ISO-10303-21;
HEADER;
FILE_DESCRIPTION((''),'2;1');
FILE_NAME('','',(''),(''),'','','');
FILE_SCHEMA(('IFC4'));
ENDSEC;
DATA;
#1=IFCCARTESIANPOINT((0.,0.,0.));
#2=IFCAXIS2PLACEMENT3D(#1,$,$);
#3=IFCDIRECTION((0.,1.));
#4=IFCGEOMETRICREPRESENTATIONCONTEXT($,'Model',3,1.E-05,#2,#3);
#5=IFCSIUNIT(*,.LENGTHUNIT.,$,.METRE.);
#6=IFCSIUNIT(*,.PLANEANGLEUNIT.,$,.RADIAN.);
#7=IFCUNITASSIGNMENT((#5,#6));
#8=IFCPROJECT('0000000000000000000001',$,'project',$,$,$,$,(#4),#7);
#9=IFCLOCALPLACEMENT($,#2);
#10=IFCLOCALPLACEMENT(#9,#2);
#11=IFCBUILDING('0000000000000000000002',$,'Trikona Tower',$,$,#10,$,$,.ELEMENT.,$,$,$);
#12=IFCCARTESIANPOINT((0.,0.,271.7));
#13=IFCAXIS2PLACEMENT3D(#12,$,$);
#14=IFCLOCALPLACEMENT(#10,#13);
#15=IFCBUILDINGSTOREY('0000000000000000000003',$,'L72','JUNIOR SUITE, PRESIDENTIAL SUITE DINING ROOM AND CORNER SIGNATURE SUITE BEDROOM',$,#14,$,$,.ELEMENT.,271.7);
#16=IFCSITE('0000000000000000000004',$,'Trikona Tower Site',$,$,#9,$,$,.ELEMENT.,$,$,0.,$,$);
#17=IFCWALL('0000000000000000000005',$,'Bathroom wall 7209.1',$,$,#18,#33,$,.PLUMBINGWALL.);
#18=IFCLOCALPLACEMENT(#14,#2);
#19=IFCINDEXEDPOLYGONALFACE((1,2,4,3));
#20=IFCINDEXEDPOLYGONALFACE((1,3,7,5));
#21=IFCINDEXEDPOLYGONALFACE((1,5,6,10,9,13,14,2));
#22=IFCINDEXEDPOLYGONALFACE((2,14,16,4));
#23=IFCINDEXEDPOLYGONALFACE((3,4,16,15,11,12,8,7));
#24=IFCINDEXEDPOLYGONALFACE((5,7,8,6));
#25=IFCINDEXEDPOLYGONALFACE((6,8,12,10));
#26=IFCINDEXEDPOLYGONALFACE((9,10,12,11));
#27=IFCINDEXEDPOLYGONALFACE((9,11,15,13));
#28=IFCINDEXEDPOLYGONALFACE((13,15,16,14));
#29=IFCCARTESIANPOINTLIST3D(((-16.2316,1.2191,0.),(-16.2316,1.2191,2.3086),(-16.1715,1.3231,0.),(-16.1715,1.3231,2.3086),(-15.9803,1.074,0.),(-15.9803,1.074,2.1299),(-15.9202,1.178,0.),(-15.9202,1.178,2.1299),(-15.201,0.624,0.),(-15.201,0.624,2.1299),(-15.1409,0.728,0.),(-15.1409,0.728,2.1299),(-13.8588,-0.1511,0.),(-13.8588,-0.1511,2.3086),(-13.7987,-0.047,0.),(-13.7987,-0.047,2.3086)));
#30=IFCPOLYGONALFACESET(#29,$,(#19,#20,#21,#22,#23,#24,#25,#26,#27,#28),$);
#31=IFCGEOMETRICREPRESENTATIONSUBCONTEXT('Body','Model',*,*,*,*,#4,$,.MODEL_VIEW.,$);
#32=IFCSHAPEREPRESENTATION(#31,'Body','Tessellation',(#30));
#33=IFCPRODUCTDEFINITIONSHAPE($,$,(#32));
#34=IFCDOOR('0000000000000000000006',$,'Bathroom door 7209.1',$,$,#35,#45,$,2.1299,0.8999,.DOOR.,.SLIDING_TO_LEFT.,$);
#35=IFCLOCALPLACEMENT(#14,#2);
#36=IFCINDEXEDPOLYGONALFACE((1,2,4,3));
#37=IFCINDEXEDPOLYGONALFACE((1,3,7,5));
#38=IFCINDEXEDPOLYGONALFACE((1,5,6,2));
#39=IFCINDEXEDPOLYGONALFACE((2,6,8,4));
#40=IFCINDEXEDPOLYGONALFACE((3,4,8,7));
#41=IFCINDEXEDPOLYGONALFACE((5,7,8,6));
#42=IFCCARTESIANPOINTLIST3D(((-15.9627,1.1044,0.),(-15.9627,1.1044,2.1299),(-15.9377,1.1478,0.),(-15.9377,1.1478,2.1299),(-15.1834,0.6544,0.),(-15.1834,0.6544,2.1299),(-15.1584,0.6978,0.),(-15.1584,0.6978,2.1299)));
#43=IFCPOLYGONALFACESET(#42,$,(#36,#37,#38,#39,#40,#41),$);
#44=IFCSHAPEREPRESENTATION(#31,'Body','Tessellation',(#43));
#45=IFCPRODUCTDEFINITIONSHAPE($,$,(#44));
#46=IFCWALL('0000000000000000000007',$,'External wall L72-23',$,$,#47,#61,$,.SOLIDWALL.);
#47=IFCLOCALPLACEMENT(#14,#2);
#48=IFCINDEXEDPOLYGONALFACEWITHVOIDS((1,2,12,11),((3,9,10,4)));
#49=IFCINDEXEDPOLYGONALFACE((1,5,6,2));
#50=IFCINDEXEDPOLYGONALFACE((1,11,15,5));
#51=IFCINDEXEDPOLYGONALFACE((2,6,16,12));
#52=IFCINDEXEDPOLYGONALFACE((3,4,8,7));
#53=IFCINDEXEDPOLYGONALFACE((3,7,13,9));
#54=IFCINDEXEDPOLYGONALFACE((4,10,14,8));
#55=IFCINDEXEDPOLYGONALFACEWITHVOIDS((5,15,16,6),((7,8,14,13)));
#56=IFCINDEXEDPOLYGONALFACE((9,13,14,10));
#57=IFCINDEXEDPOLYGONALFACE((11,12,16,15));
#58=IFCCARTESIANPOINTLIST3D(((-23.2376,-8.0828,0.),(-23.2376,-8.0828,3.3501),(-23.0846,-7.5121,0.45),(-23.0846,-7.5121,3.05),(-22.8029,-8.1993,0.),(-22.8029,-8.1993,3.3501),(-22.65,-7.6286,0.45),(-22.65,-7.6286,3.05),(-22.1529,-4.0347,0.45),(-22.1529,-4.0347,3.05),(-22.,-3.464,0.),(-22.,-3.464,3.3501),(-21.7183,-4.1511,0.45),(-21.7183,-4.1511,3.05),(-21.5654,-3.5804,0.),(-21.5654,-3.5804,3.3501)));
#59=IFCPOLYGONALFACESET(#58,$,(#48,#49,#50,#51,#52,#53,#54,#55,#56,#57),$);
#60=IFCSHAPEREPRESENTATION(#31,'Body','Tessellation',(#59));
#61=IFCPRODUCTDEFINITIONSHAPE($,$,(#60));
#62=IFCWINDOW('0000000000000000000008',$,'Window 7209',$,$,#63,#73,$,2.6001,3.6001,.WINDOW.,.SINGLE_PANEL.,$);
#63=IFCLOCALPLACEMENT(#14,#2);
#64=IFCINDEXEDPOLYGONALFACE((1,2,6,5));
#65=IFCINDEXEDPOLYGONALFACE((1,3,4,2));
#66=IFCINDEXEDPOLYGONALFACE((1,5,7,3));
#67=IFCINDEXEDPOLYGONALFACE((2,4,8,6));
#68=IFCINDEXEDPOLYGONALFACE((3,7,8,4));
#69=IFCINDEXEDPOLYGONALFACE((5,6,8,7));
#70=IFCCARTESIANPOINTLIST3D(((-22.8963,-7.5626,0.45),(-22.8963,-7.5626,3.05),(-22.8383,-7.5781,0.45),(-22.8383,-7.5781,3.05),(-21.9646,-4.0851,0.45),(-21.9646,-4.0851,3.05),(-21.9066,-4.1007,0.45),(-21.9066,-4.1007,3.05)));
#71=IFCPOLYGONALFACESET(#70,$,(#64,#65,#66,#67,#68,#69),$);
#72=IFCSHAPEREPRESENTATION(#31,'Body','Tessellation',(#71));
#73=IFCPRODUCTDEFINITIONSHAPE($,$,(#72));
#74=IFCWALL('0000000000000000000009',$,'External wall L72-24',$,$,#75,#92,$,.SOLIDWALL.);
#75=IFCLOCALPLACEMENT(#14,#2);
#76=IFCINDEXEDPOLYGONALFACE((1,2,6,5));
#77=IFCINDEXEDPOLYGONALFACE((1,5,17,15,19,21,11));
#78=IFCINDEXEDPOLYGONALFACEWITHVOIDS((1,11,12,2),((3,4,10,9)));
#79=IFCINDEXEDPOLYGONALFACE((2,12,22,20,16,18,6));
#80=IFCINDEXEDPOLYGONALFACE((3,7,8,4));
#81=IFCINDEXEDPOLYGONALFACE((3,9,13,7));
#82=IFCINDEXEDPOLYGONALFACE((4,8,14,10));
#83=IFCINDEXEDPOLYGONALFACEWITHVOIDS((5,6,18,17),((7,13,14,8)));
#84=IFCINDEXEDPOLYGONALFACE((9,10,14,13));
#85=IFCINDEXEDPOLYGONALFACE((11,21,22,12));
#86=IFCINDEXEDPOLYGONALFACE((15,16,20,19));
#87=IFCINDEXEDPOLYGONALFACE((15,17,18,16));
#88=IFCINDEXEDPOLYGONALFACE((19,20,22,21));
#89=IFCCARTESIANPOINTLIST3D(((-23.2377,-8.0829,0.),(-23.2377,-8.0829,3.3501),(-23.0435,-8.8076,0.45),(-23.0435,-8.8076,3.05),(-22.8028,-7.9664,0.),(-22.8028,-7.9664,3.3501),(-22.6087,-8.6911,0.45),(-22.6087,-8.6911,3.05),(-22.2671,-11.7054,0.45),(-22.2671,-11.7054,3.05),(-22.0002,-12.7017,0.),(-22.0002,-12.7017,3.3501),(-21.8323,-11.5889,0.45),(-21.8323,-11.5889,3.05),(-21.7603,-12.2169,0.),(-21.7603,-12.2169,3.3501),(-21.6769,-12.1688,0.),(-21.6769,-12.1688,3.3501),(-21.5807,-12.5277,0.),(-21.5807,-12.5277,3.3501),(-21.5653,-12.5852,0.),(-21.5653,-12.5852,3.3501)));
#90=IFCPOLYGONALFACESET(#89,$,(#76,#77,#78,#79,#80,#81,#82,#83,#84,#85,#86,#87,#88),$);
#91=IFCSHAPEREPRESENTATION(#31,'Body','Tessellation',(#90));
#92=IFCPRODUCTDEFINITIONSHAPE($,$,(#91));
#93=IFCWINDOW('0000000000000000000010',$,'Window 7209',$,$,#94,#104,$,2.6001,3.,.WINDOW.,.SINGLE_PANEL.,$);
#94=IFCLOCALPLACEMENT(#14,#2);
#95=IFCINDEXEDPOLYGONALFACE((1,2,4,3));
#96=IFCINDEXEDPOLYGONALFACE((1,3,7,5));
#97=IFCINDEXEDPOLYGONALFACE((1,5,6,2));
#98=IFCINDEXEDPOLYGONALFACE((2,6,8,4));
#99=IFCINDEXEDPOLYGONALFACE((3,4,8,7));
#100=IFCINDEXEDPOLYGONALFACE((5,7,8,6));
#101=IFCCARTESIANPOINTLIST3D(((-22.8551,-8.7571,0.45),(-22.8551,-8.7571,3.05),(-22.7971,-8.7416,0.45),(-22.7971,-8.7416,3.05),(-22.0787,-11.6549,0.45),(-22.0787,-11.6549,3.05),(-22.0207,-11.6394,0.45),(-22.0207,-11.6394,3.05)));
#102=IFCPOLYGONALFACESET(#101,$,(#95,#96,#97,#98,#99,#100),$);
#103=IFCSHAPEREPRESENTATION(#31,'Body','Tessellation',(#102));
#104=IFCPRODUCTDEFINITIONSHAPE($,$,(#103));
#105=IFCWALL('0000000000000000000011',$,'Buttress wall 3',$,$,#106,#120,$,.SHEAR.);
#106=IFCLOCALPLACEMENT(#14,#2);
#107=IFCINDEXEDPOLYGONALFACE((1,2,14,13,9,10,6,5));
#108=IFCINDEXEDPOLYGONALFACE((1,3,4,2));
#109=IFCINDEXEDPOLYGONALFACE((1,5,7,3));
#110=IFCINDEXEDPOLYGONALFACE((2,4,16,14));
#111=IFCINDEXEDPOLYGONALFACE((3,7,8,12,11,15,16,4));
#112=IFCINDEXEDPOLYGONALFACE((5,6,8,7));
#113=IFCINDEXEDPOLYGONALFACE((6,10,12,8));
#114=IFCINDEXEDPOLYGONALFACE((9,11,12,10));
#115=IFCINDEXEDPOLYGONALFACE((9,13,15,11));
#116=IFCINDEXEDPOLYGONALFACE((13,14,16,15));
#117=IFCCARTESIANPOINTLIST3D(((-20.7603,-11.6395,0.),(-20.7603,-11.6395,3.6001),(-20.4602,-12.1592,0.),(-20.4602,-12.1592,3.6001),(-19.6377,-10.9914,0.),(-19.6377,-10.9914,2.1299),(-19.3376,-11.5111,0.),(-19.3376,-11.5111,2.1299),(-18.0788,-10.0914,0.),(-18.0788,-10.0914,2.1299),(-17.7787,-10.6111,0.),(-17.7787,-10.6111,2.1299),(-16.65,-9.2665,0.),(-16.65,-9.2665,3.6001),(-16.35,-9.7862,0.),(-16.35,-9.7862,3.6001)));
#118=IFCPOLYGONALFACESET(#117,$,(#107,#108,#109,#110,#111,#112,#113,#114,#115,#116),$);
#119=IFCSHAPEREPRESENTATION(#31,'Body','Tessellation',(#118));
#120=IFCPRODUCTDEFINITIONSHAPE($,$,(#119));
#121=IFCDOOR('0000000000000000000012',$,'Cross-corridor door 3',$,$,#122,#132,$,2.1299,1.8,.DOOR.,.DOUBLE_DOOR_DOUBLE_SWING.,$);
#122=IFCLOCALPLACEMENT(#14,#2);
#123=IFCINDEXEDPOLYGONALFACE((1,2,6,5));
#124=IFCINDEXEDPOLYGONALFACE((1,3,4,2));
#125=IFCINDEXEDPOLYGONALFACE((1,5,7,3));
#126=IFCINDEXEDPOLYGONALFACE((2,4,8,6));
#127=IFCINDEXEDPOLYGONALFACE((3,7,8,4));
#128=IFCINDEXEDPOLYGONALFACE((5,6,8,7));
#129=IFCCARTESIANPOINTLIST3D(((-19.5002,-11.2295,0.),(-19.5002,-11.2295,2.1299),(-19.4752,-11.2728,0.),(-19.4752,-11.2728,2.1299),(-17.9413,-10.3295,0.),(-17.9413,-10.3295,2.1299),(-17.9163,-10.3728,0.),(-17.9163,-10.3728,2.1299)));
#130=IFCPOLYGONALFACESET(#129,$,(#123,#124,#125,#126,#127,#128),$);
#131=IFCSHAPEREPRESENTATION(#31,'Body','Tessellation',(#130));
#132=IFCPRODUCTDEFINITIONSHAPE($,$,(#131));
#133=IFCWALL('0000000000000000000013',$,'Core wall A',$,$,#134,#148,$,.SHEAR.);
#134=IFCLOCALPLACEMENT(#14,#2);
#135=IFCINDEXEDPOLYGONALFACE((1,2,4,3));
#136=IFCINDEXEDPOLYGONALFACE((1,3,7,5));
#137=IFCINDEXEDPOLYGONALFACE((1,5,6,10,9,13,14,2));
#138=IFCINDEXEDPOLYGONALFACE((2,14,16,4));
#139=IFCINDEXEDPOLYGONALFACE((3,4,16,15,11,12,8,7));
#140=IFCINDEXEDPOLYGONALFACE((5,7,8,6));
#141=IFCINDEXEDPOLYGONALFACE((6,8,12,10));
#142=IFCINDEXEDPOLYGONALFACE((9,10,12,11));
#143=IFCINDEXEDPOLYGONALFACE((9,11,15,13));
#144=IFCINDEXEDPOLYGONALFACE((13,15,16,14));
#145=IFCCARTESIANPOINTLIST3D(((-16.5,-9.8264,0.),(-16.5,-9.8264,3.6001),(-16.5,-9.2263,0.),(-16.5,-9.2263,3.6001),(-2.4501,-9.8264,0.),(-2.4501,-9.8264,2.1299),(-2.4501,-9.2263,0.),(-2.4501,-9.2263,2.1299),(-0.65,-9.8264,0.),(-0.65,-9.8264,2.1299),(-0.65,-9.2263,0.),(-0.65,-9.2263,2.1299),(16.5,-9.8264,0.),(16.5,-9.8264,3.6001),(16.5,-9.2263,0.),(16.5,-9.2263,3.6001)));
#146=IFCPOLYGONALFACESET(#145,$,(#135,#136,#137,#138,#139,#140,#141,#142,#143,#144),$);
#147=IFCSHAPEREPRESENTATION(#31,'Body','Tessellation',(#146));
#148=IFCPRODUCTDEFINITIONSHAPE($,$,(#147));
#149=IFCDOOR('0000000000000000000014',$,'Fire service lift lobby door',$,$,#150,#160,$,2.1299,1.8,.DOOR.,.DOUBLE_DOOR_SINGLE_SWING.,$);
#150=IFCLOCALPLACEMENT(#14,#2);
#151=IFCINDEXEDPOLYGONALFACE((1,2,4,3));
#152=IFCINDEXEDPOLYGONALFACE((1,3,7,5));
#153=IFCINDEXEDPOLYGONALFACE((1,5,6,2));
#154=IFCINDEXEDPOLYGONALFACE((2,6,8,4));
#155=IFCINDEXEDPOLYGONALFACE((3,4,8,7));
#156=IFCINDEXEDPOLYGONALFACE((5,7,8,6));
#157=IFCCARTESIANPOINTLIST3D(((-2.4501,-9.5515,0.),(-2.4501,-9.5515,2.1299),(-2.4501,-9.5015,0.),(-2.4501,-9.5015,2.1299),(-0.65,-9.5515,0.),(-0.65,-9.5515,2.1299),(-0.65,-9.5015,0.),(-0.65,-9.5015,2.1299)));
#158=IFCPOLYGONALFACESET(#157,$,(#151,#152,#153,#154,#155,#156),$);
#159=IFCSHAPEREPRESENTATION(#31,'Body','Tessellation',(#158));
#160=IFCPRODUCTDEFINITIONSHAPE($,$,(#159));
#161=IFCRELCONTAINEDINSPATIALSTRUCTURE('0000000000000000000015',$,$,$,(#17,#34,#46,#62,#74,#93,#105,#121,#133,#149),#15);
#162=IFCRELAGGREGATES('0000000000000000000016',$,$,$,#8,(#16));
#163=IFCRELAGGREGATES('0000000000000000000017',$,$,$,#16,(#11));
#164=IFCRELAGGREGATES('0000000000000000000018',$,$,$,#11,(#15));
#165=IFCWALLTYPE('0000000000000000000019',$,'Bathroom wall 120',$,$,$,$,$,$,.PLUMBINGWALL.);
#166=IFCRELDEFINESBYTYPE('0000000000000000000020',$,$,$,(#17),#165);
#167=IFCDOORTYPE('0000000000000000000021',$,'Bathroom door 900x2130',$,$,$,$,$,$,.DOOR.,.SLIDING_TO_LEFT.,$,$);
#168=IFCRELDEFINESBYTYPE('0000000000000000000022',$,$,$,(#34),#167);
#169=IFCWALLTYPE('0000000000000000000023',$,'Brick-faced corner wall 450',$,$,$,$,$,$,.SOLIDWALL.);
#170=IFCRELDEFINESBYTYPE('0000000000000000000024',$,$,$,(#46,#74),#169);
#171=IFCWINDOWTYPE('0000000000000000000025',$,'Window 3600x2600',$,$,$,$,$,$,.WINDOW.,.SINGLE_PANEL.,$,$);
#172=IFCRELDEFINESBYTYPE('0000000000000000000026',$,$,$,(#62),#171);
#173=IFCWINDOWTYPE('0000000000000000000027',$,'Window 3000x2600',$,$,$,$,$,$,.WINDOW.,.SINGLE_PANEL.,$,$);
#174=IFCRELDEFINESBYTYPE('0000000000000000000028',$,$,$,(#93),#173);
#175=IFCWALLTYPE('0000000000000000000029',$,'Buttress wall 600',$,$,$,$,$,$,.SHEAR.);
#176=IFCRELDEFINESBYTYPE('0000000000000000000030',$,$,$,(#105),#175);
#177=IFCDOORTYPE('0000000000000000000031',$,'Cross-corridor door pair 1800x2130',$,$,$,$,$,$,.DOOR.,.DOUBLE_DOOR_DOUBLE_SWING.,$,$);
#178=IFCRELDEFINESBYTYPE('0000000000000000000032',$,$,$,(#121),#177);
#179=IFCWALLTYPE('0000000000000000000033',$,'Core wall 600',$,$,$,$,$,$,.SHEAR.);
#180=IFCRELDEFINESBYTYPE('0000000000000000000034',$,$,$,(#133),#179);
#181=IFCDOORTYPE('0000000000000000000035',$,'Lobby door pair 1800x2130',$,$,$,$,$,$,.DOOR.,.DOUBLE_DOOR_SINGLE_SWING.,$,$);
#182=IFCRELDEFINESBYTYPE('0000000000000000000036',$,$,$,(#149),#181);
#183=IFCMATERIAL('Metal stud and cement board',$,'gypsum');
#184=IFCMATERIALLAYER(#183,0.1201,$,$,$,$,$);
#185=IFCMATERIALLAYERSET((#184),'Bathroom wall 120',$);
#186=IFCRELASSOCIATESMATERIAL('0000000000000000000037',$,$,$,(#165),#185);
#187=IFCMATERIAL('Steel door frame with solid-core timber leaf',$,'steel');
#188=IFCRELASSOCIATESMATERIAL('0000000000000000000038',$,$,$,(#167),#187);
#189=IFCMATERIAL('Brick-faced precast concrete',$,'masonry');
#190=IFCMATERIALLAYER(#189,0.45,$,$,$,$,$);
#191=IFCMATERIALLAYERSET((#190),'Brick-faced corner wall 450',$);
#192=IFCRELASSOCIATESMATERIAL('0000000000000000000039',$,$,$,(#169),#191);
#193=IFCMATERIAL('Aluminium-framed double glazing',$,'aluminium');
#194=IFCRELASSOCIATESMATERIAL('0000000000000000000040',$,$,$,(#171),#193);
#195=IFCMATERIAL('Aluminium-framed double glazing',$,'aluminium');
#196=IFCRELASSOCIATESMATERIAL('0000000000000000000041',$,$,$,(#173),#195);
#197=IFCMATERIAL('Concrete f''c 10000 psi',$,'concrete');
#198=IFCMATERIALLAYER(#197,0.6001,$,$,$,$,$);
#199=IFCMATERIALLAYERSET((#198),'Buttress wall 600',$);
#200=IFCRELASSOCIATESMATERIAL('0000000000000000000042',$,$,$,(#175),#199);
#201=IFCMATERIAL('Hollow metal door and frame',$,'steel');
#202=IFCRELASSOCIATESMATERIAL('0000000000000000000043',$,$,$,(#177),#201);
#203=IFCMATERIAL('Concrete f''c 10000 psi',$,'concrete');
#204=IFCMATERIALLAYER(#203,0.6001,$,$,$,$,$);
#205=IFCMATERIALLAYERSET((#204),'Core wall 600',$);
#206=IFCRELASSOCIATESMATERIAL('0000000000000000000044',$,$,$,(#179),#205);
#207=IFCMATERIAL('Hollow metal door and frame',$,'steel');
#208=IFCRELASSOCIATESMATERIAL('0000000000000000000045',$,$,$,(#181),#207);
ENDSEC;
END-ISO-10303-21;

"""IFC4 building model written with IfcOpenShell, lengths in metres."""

from ifc_helpers import new_model, si_unit, direction, frame, frame_2d, origin, place, context, subcontext, project, spatial, polyline, rectangle, outline, extrude, material, layer, layer_set, type_object, element, fill, save


model = new_model("IFC4")

# Units and contexts
model_context = context("Model", 3, precision=1e-05, world=origin(), true_north=direction((0.0, 1.0)))
body_context = subcontext(model_context, "Body", "Model", "MODEL_VIEW")
ifc_project = project(units=[si_unit("LENGTHUNIT", "METRE"), si_unit("PLANEANGLEUNIT", "RADIAN")], contexts=[model_context])

# Site, building, storey
site_placement = place(None, origin())
site = spatial("IfcSite", under=ifc_project, at=site_placement, Name="Trikona Tower Site", CompositionType="ELEMENT", RefElevation=0.0)
building_placement = place(site_placement, origin())
building = spatial("IfcBuilding", under=site, at=building_placement, Name="Trikona Tower", CompositionType="ELEMENT")
storey_placement = place(building_placement, frame((0.0, 0.0, 271.7)))
storey = spatial("IfcBuildingStorey", under=building, at=storey_placement, Name="L72", Description="JUNIOR SUITE, PRESIDENTIAL SUITE DINING ROOM AND CORNER SIGNATURE SUITE BEDROOM", CompositionType="ELEMENT", Elevation=271.7)

# Wall, opening, door
ifc_material_1 = material(Name="Metal stud and cement board", Category="gypsum")
ifc_layer_1 = layer(ifc_material_1, 0.1201)
ifc_layer_set_1 = layer_set([ifc_layer_1], Name="Bathroom wall 120")
wall_type_1 = type_object("IfcWallType", Name="Bathroom wall 120", PredefinedType="PLUMBINGWALL", material=ifc_layer_set_1)
wall_1_placement = place(storey_placement, frame((-13.8286, -0.0991, 0.0), z_axis=(0.0, 0.0, 1.0), x_axis=(-0.865997, 0.500049, 0.0)))
wall_1 = element("IfcWall", 1, at=wall_1_placement, inside=storey, type_object=wall_type_1, Name="Bathroom wall 7209.1", PredefinedType="PLUMBINGWALL", context=body_context, shape_type="SweptSolid", body=[
    extrude(rectangle(XDim=2.74, YDim=0.1201, at=frame_2d((1.3701, 0.0))), origin(), (0.0, 0.0, 1.0), 2.3086),
])
opening_1_placement = place(wall_1_placement, frame((1.55, 0.0, 0.0)))
opening_1 = element("IfcOpeningElement", 2, at=opening_1_placement, cuts=wall_1, PredefinedType="OPENING", context=body_context, shape_type="SweptSolid", body=[
    extrude(rectangle(XDim=0.8999, YDim=2.1299, at=frame_2d((0.45, 1.0649))), frame((0.0, 0.0701, 0.0), z_axis=(0.0, -1.0, 0.0), x_axis=(1.0, 0.0, 0.0)), (0.0, 0.0, 1.0), 0.1401),
])
ifc_material_2 = material(Name="Steel door frame with solid-core timber leaf", Category="steel")
door_type_1 = type_object("IfcDoorType", Name="Bathroom door 900x2130", OperationType="SLIDING_TO_LEFT", PredefinedType="DOOR", material=ifc_material_2)
door_1_placement = place(opening_1_placement, origin())
door_1 = element("IfcDoor", 3, at=door_1_placement, inside=storey, type_object=door_type_1, Name="Bathroom door 7209.1", OperationType="SLIDING_TO_LEFT", OverallHeight=2.1299, OverallWidth=0.8999, PredefinedType="DOOR", context=body_context, shape_type="SweptSolid", body=[
    extrude(rectangle(XDim=0.8999, YDim=2.1299, at=frame_2d((0.45, 1.0649))), frame((0.0, 0.0249, 0.0), z_axis=(0.0, -1.0, 0.0), x_axis=(1.0, 0.0, 0.0)), (0.0, 0.0, 1.0), 0.05),
])
fill(opening_1, door_1)

# Walls, openings, windows
ifc_material_3 = material(Name="Brick-faced precast concrete", Category="masonry")
ifc_layer_2 = layer(ifc_material_3, 0.45)
ifc_layer_set_2 = layer_set([ifc_layer_2], Name="Brick-faced corner wall 450")
wall_type_2 = type_object("IfcWallType", Name="Brick-faced corner wall 450", PredefinedType="SOLIDWALL", material=ifc_layer_set_2)
wall_2_placement = place(storey_placement, frame((-21.7827, -3.5222, 0.0), z_axis=(0.0, 0.0, 1.0), x_axis=(-0.258803, -0.96593, 0.0)))
wall_2 = element("IfcWall", 4, at=wall_2_placement, inside=storey, type_object=wall_type_2, Name="External wall L72-23", PredefinedType="SOLIDWALL", context=body_context, shape_type="SweptSolid", body=[
    extrude(rectangle(XDim=4.7817, YDim=0.45, at=frame_2d((2.3909, 0.0))), origin(), (0.0, 0.0, 1.0), 3.3501),
])
opening_2_placement = place(wall_2_placement, frame((0.5908, 0.0, 0.45)))
opening_2 = element("IfcOpeningElement", 5, at=opening_2_placement, cuts=wall_2, PredefinedType="OPENING", context=body_context, shape_type="SweptSolid", body=[
    extrude(rectangle(XDim=3.6001, YDim=2.6001, at=frame_2d((1.8, 1.3))), frame((0.0, 0.2349, 0.0), z_axis=(0.0, -1.0, 0.0), x_axis=(1.0, 0.0, 0.0)), (0.0, 0.0, 1.0), 0.47),
])
ifc_material_4 = material(Name="Aluminium-framed double glazing", Category="aluminium")
window_type_1 = type_object("IfcWindowType", Name="Window 3600x2600", PartitioningType="SINGLE_PANEL", PredefinedType="WINDOW", material=ifc_material_4)
window_1_placement = place(opening_2_placement, origin())
window_1 = element("IfcWindow", 6, at=window_1_placement, inside=storey, type_object=window_type_1, Name="Window 7209", OverallHeight=2.6001, OverallWidth=3.6001, PartitioningType="SINGLE_PANEL", PredefinedType="WINDOW", context=body_context, shape_type="SweptSolid", body=[
    extrude(rectangle(XDim=3.6001, YDim=2.6001, at=frame_2d((1.8, 1.3))), frame((0.0, 0.03, 0.0), z_axis=(0.0, -1.0, 0.0), x_axis=(1.0, 0.0, 0.0)), (0.0, 0.0, 1.0), 0.0601),
])
fill(opening_2, window_1)
wall_3_placement = place(storey_placement, frame((-23.0203, -8.0247, 0.0), z_axis=(0.0, 0.0, 1.0), x_axis=(0.258803, -0.96593, 0.0)))
wall_3 = element("IfcWall", 7, at=wall_3_placement, inside=storey, type_object=wall_type_2, Name="External wall L72-24", PredefinedType="SOLIDWALL", context=body_context, shape_type="SweptSolid", body=[
    extrude(outline(polyline([(4.7817, 0.2251), (4.7222, 0.2251), (4.3755, 0.1321), (4.3506, 0.2251), (0.0, 0.2251), (0.0, -0.2251), (4.7817, -0.2251), (4.7817, 0.2251)])), origin(), (0.0, 0.0, 1.0), 3.3501),
])
opening_3_placement = place(wall_3_placement, frame((0.7502, 0.0, 0.45)))
opening_3 = element("IfcOpeningElement", 8, at=opening_3_placement, cuts=wall_3, PredefinedType="OPENING", context=body_context, shape_type="SweptSolid", body=[
    extrude(rectangle(XDim=3.0, YDim=2.6001, at=frame_2d((1.5, 1.3))), frame((0.0, 0.2349, 0.0), z_axis=(0.0, -1.0, 0.0), x_axis=(1.0, 0.0, 0.0)), (0.0, 0.0, 1.0), 0.47),
])
ifc_material_5 = material(Name="Aluminium-framed double glazing", Category="aluminium")
window_type_2 = type_object("IfcWindowType", Name="Window 3000x2600", PartitioningType="SINGLE_PANEL", PredefinedType="WINDOW", material=ifc_material_5)
window_2_placement = place(opening_3_placement, origin())
window_2 = element("IfcWindow", 9, at=window_2_placement, inside=storey, type_object=window_type_2, Name="Window 7209", OverallHeight=2.6001, OverallWidth=3.0, PartitioningType="SINGLE_PANEL", PredefinedType="WINDOW", context=body_context, shape_type="SweptSolid", body=[
    extrude(rectangle(XDim=3.0, YDim=2.6001, at=frame_2d((1.5, 1.3))), frame((0.0, 0.03, 0.0), z_axis=(0.0, -1.0, 0.0), x_axis=(1.0, 0.0, 0.0)), (0.0, 0.0, 1.0), 0.0601),
])
fill(opening_3, window_2)

# Walls, openings, doors
ifc_material_6 = material(Name="Concrete f'c 10000 psi", Category="concrete")
ifc_layer_3 = layer(ifc_material_6, 0.6001)
ifc_layer_set_3 = layer_set([ifc_layer_3], Name="Buttress wall 600")
wall_type_3 = type_object("IfcWallType", Name="Buttress wall 600", PredefinedType="SHEAR", material=ifc_layer_set_3)
wall_4_placement = place(storey_placement, frame((-16.5, -9.5264, 0.0), z_axis=(0.0, 0.0, 1.0), x_axis=(-0.866031, -0.49999, 0.0)))
wall_4 = element("IfcWall", 10, at=wall_4_placement, inside=storey, type_object=wall_type_3, Name="Buttress wall 3", PredefinedType="SHEAR", context=body_context, shape_type="SweptSolid", body=[
    extrude(rectangle(XDim=4.7461, YDim=0.6001, at=frame_2d((2.373, 0.0))), origin(), (0.0, 0.0, 1.0), 3.6001),
])
opening_4_placement = place(wall_4_placement, frame((1.6499, 0.0, 0.0)))
opening_4 = element("IfcOpeningElement", 11, at=opening_4_placement, cuts=wall_4, PredefinedType="OPENING", context=body_context, shape_type="SweptSolid", body=[
    extrude(rectangle(XDim=1.8, YDim=2.1299, at=frame_2d((0.8999, 1.0649))), frame((0.0, 0.3101, 0.0), z_axis=(0.0, -1.0, 0.0), x_axis=(1.0, 0.0, 0.0)), (0.0, 0.0, 1.0), 0.6201),
])
ifc_material_7 = material(Name="Hollow metal door and frame", Category="steel")
door_type_2 = type_object("IfcDoorType", Name="Cross-corridor door pair 1800x2130", OperationType="DOUBLE_DOOR_DOUBLE_SWING", PredefinedType="DOOR", material=ifc_material_7)
door_2_placement = place(opening_4_placement, origin())
door_2 = element("IfcDoor", 12, at=door_2_placement, inside=storey, type_object=door_type_2, Name="Cross-corridor door 3", OperationType="DOUBLE_DOOR_DOUBLE_SWING", OverallHeight=2.1299, OverallWidth=1.8, PredefinedType="DOOR", context=body_context, shape_type="SweptSolid", body=[
    extrude(rectangle(XDim=1.8, YDim=2.1299, at=frame_2d((0.8999, 1.0649))), frame((0.0, 0.0249, 0.0), z_axis=(0.0, -1.0, 0.0), x_axis=(1.0, 0.0, 0.0)), (0.0, 0.0, 1.0), 0.05),
])
fill(opening_4, door_2)
ifc_material_8 = material(Name="Concrete f'c 10000 psi", Category="concrete")
ifc_layer_4 = layer(ifc_material_8, 0.6001)
ifc_layer_set_4 = layer_set([ifc_layer_4], Name="Core wall 600")
wall_type_4 = type_object("IfcWallType", Name="Core wall 600", PredefinedType="SHEAR", material=ifc_layer_set_4)
wall_5_placement = place(storey_placement, frame((-16.5, -9.5264, 0.0), z_axis=(0.0, 0.0, 1.0), x_axis=(1.0, 0.0, 0.0)))
wall_5 = element("IfcWall", 13, at=wall_5_placement, inside=storey, type_object=wall_type_4, Name="Core wall A", PredefinedType="SHEAR", context=body_context, shape_type="SweptSolid", body=[
    extrude(rectangle(XDim=33.0, YDim=0.6001, at=frame_2d((16.5, 0.0))), origin(), (0.0, 0.0, 1.0), 3.6001),
])
opening_5_placement = place(wall_5_placement, frame((14.05, 0.0, 0.0)))
opening_5 = element("IfcOpeningElement", 14, at=opening_5_placement, cuts=wall_5, PredefinedType="OPENING", context=body_context, shape_type="SweptSolid", body=[
    extrude(rectangle(XDim=1.8, YDim=2.1299, at=frame_2d((0.8999, 1.0649))), frame((0.0, 0.3101, 0.0), z_axis=(0.0, -1.0, 0.0), x_axis=(1.0, 0.0, 0.0)), (0.0, 0.0, 1.0), 0.6201),
])
ifc_material_9 = material(Name="Hollow metal door and frame", Category="steel")
door_type_3 = type_object("IfcDoorType", Name="Lobby door pair 1800x2130", OperationType="DOUBLE_DOOR_SINGLE_SWING", PredefinedType="DOOR", material=ifc_material_9)
door_3_placement = place(opening_5_placement, origin())
door_3 = element("IfcDoor", 15, at=door_3_placement, inside=storey, type_object=door_type_3, Name="Fire service lift lobby door", OperationType="DOUBLE_DOOR_SINGLE_SWING", OverallHeight=2.1299, OverallWidth=1.8, PredefinedType="DOOR", context=body_context, shape_type="SweptSolid", body=[
    extrude(rectangle(XDim=1.8, YDim=2.1299, at=frame_2d((0.8999, 1.0649))), frame((0.0, 0.0249, 0.0), z_axis=(0.0, -1.0, 0.0), x_axis=(1.0, 0.0, 0.0)), (0.0, 0.0, 1.0), 0.05),
])
fill(opening_5, door_3)

save(model, "model.ifc")
